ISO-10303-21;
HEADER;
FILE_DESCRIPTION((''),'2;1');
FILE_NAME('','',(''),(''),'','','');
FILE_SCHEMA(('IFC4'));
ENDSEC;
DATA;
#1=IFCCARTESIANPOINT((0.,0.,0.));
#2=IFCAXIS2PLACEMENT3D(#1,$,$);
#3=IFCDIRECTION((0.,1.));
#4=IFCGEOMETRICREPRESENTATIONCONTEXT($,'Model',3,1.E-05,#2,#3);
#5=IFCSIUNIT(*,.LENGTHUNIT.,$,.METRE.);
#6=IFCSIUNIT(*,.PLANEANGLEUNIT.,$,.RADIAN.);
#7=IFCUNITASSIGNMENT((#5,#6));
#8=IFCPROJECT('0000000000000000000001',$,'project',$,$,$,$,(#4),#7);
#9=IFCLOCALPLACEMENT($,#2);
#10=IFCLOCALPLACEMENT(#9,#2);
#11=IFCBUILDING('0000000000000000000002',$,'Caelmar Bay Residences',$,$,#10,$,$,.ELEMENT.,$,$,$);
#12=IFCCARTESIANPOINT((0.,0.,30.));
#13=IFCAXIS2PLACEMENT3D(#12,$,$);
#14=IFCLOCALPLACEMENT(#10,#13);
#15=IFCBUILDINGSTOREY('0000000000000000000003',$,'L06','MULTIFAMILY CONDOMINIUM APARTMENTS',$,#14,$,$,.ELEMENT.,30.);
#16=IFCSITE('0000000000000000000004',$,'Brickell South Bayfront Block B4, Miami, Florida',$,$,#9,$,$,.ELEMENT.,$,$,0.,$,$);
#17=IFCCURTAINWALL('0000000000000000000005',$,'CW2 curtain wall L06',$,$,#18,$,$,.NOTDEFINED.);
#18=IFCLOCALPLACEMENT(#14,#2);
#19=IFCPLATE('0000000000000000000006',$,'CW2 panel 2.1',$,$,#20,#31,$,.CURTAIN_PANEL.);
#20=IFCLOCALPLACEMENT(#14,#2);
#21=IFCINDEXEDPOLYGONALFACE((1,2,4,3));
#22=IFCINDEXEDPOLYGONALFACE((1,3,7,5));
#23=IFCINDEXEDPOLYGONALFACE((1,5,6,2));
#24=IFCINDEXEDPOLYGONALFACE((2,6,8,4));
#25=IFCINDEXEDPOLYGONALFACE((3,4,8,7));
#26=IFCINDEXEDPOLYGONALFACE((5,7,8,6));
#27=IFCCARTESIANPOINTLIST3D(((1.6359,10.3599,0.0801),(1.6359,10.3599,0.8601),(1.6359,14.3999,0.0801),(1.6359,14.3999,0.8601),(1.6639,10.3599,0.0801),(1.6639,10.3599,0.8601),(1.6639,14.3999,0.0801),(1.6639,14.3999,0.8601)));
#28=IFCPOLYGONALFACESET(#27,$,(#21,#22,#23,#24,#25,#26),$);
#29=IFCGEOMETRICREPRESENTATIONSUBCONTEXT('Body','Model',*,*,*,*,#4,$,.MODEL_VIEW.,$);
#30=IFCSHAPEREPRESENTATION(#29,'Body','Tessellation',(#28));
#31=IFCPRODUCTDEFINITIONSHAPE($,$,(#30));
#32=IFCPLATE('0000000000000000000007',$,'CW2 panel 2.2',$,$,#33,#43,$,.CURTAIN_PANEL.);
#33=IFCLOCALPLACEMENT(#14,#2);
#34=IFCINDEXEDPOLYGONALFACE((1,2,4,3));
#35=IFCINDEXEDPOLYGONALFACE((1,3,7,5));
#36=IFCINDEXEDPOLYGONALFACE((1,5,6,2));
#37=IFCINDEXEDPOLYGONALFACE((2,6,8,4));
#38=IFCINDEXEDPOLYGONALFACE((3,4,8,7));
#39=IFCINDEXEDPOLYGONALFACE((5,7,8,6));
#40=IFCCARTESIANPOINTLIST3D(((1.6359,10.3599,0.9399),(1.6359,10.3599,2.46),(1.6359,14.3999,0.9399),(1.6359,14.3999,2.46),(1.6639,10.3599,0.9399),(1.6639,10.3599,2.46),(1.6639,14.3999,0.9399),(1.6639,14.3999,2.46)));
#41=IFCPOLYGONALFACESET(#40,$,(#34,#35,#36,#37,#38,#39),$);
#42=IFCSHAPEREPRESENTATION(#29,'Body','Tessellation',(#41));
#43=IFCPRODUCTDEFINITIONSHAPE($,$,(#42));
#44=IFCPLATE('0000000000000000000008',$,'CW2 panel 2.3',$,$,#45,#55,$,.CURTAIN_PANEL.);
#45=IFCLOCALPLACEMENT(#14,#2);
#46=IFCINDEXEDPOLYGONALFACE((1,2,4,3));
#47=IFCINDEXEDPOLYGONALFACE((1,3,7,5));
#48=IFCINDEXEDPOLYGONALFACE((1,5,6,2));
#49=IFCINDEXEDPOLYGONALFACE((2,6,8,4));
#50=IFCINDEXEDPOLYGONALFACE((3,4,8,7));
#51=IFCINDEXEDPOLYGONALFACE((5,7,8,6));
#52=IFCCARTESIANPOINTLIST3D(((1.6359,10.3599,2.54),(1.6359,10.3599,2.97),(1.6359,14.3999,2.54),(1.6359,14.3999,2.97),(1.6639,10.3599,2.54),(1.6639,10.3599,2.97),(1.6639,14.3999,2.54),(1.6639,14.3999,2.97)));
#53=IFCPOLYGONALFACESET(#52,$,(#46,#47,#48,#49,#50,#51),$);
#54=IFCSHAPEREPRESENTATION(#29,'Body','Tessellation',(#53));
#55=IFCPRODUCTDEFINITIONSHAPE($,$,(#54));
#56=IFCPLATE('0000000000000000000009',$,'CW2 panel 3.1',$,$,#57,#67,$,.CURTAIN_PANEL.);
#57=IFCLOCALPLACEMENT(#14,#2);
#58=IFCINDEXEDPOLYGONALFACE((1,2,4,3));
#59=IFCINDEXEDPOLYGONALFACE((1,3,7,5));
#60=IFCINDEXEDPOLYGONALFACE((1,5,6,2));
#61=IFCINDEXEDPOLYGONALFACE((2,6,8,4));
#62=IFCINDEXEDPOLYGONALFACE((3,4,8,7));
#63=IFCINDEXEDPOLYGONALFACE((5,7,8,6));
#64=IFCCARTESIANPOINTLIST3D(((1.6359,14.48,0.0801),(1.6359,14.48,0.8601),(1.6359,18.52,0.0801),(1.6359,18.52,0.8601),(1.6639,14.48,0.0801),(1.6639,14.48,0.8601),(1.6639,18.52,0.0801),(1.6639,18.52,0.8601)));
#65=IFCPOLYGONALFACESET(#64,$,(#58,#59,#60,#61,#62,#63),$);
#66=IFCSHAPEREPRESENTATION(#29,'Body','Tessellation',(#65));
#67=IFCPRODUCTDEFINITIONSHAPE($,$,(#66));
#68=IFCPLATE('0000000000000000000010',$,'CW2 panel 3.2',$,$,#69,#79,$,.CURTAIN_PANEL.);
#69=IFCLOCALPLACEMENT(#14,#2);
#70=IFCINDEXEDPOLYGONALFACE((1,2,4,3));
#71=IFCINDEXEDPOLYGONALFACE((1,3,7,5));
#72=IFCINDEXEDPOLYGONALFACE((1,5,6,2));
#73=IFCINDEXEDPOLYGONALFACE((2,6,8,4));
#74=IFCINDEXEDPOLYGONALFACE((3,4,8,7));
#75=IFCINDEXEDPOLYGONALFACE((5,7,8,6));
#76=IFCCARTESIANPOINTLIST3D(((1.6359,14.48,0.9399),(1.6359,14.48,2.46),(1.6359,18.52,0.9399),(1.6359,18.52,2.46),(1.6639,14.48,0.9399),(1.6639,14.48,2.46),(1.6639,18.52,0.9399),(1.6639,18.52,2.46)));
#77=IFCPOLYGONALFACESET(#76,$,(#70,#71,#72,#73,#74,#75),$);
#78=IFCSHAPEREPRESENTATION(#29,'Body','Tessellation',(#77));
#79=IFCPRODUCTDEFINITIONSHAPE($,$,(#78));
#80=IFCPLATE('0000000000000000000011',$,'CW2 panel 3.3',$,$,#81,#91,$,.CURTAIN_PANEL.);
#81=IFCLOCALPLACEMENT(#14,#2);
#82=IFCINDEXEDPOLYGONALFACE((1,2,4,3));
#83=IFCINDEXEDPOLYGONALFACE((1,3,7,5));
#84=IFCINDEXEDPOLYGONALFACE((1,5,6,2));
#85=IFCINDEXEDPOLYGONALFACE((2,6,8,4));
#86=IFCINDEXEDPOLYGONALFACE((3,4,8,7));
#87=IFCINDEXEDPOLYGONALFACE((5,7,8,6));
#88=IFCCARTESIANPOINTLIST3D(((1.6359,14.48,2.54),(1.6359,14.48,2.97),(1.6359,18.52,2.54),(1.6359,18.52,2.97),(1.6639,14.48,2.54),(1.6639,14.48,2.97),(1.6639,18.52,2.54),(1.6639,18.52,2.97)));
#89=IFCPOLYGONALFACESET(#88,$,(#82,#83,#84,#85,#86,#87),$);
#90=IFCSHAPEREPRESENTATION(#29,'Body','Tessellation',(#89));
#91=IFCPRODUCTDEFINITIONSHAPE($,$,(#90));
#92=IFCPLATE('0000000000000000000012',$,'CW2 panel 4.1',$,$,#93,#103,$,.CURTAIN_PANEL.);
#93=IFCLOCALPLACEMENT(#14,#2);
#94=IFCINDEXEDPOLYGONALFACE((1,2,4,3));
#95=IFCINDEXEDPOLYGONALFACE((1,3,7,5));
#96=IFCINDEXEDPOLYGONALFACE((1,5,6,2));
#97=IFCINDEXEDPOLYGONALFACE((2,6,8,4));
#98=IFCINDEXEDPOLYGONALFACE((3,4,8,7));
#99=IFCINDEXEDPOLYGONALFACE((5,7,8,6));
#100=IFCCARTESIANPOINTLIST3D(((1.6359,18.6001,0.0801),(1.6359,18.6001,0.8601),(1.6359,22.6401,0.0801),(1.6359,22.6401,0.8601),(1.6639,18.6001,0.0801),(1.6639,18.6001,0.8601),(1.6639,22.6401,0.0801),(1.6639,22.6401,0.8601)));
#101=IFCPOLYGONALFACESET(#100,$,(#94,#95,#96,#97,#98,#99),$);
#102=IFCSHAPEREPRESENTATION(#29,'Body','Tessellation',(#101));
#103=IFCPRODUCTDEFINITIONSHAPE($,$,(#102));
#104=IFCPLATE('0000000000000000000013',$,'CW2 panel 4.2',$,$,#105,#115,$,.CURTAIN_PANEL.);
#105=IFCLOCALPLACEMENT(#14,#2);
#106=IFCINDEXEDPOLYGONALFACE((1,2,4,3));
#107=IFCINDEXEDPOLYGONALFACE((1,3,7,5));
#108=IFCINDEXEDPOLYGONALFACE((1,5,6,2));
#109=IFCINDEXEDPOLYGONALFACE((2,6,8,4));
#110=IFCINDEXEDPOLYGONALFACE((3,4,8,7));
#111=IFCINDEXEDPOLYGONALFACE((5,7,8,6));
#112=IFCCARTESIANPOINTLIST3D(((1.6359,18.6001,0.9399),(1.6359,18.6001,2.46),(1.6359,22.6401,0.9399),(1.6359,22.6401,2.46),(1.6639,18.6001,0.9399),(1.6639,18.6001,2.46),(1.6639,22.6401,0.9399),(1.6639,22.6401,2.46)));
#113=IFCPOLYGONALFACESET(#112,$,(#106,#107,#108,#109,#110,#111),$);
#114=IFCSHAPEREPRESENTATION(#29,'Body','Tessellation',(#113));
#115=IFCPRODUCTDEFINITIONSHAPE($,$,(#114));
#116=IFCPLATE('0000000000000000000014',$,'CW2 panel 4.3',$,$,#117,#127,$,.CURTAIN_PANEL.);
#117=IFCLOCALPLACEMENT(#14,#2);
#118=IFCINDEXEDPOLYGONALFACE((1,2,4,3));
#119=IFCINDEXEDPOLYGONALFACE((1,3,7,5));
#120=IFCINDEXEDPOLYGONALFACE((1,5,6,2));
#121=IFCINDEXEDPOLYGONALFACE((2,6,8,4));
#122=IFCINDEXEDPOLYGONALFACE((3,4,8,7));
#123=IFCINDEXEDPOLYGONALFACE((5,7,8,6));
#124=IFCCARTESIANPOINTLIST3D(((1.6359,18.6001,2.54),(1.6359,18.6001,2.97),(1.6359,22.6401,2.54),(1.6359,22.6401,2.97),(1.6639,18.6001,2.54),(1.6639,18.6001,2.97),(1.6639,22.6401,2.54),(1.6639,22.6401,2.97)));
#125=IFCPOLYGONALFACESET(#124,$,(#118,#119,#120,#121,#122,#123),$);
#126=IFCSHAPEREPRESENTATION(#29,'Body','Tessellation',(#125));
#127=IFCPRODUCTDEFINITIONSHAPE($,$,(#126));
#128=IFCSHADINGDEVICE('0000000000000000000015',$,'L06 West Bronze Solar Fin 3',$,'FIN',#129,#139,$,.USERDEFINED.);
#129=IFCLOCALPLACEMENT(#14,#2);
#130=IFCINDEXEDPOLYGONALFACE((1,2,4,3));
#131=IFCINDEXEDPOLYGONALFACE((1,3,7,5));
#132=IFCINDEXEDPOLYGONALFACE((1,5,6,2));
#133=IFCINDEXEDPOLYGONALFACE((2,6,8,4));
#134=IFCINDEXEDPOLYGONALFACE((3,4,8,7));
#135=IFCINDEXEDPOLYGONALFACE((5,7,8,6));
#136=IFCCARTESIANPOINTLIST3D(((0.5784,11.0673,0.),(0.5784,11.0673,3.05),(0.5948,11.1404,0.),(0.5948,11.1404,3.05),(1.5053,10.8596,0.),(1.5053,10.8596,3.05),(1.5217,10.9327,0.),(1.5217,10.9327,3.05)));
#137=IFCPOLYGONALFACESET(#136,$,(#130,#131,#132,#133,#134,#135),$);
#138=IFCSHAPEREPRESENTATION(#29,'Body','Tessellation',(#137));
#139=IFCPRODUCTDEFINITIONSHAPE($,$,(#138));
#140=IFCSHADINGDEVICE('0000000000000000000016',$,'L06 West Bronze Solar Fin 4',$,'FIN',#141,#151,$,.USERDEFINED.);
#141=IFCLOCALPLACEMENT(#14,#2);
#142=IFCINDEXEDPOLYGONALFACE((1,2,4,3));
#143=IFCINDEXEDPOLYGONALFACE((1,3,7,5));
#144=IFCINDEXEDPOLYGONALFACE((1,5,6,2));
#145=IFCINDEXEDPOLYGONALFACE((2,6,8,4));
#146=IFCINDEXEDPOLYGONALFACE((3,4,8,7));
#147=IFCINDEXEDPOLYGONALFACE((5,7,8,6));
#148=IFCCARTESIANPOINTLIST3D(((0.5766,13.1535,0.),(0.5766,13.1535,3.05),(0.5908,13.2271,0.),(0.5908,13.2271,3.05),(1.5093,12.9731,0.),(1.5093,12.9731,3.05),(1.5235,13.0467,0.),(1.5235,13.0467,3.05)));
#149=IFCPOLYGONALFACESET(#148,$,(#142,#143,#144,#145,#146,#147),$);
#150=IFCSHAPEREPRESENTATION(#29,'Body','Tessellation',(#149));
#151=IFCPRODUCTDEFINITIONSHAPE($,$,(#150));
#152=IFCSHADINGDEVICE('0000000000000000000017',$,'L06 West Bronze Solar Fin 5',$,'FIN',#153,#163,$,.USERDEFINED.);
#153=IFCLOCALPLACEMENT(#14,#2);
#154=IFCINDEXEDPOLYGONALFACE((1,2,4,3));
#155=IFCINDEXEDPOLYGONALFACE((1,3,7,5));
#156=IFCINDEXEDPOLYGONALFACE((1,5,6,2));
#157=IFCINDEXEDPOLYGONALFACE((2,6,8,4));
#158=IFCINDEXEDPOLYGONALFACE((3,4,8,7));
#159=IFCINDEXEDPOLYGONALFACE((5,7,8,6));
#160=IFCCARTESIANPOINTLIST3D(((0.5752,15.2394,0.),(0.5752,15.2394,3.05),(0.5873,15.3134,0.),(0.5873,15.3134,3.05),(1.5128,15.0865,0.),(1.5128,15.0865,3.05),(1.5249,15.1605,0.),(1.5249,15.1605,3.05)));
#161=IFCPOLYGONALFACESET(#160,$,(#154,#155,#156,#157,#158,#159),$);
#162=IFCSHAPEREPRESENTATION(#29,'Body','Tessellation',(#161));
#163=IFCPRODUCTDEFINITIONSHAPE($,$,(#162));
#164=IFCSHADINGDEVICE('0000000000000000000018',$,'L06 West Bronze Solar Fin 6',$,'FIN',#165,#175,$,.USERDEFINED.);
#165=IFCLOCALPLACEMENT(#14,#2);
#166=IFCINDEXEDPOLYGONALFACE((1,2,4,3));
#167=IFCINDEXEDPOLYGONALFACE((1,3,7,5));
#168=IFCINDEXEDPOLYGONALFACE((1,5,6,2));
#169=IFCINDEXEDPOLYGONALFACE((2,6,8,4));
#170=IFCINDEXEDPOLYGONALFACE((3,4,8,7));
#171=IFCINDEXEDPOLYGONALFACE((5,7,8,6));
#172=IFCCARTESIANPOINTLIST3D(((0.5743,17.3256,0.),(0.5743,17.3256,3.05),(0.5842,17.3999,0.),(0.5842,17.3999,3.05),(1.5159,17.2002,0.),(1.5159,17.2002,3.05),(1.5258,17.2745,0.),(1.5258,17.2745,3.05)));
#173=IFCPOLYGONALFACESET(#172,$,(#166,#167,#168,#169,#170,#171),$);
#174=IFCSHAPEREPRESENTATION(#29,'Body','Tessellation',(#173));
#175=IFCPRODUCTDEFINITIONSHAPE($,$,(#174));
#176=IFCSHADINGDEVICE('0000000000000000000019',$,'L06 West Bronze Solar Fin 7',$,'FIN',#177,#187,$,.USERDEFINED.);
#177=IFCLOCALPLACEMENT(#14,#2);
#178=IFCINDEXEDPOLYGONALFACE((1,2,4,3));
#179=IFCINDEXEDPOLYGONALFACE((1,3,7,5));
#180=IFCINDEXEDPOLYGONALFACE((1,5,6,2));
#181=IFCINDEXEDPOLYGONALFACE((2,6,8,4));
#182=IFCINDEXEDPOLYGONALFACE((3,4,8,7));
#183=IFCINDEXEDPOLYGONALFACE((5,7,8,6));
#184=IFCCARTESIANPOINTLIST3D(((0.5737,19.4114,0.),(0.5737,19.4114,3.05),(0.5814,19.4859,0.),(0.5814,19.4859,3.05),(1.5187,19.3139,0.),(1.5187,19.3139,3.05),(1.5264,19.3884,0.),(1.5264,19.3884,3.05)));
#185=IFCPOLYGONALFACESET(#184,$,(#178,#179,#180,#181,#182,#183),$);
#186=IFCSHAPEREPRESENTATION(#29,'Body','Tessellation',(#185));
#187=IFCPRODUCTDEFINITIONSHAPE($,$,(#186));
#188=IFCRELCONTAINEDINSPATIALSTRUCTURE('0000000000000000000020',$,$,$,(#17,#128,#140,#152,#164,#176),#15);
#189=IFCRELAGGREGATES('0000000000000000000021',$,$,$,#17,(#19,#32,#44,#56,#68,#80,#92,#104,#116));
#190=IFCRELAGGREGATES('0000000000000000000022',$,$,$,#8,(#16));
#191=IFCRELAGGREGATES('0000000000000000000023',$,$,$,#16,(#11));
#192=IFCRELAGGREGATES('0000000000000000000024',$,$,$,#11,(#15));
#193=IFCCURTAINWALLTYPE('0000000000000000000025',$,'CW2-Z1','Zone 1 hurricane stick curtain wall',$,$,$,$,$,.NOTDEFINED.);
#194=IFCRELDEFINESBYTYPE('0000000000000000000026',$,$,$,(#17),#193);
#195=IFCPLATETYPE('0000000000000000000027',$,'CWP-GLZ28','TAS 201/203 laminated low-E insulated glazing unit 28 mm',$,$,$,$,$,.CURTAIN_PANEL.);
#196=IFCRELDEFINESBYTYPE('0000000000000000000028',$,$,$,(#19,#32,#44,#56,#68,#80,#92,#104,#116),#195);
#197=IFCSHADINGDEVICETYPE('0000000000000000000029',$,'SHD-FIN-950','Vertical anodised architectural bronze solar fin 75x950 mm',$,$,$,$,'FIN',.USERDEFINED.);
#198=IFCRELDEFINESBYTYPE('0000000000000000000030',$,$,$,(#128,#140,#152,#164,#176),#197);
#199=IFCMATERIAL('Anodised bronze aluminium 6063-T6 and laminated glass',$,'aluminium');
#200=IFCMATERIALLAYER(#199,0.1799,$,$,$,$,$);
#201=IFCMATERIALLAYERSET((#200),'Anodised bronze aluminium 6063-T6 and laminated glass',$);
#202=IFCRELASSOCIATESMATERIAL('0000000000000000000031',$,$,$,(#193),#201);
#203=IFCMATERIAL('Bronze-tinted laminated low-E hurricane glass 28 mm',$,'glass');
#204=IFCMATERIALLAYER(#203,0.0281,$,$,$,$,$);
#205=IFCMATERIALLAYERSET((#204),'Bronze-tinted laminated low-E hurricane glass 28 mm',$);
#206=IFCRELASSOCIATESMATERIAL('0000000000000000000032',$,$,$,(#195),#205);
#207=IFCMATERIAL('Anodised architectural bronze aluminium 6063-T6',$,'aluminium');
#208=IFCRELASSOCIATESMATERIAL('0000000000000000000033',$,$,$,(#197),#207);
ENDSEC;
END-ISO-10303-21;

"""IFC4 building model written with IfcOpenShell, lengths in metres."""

from ifc_helpers import new_model, si_unit, direction, frame, origin, origin_2d, place, context, subcontext, project, spatial, rectangle, extrude, material, layer, layer_set, material_profile, profile_set, type_object, element, aggregate, save


model = new_model("IFC4")

# Units and contexts
model_context = context("Model", 3, precision=1e-05, world=origin(), true_north=direction((0.0, 1.0)))
body_context = subcontext(model_context, "Body", "Model", "MODEL_VIEW")
ifc_project = project(units=[si_unit("LENGTHUNIT", "METRE"), si_unit("PLANEANGLEUNIT", "RADIAN")], contexts=[model_context])

# Site, building, storey
site_placement = place(None, origin())
site = spatial("IfcSite", under=ifc_project, at=site_placement, Name="Brickell South Bayfront Block B4, Miami, Florida", CompositionType="ELEMENT", RefElevation=0.0)
building_placement = place(site_placement, origin())
building = spatial("IfcBuilding", under=site, at=building_placement, Name="Caelmar Bay Residences", CompositionType="ELEMENT")
storey_placement = place(building_placement, frame((0.0, 0.0, 30.0)))
storey = spatial("IfcBuildingStorey", under=building, at=storey_placement, Name="L06", Description="MULTIFAMILY CONDOMINIUM APARTMENTS", CompositionType="ELEMENT", Elevation=30.0)

# Curtain wall, plates
ifc_material_1 = material(Name="Anodised bronze aluminium 6063-T6 and laminated glass", Category="aluminium")
ifc_layer_1 = layer(ifc_material_1, 0.1799)
ifc_layer_set_1 = layer_set([ifc_layer_1], Name="Anodised bronze aluminium 6063-T6 and laminated glass")
curtain_wall_type = type_object("IfcCurtainWallType", Name="CW2-Z1", Description="Zone 1 hurricane stick curtain wall", PredefinedType="NOTDEFINED", material=ifc_layer_set_1)
curtain_wall_placement = place(storey_placement, origin())
curtain_wall = element("IfcCurtainWall", 1, at=curtain_wall_placement, inside=storey, type_object=curtain_wall_type, Name="CW2 curtain wall L06", PredefinedType="NOTDEFINED")
ifc_material_2 = material(Name="Bronze-tinted laminated low-E hurricane glass 28 mm", Category="glass")
ifc_layer_2 = layer(ifc_material_2, 0.0281)
ifc_layer_set_2 = layer_set([ifc_layer_2], Name="Bronze-tinted laminated low-E hurricane glass 28 mm")
plate_type = type_object("IfcPlateType", Name="CWP-GLZ28", Description="TAS 201/203 laminated low-E insulated glazing unit 28 mm", PredefinedType="CURTAIN_PANEL", material=ifc_layer_set_2)
plate_1_placement = place(storey_placement, frame((1.6499, 12.3799, 0.0801), z_axis=(0.0, 0.0, 1.0), x_axis=(0.0, 1.0, 0.0)))
plate_1 = element("IfcPlate", 2, at=plate_1_placement, type_object=plate_type, Name="CW2 panel 2.1", PredefinedType="CURTAIN_PANEL", context=body_context, shape_type="SweptSolid", body=[
    extrude(rectangle(XDim=4.04, YDim=0.0281, at=origin_2d()), origin(), (0.0, 0.0, 1.0), 0.78),
])
plate_2_placement = place(storey_placement, frame((1.6499, 12.3799, 0.9399), z_axis=(0.0, 0.0, 1.0), x_axis=(0.0, 1.0, 0.0)))
plate_2 = element("IfcPlate", 3, at=plate_2_placement, type_object=plate_type, Name="CW2 panel 2.2", PredefinedType="CURTAIN_PANEL", context=body_context, shape_type="SweptSolid", body=[
    extrude(rectangle(XDim=4.04, YDim=0.0281, at=origin_2d()), origin(), (0.0, 0.0, 1.0), 1.52),
])
plate_3_placement = place(storey_placement, frame((1.6499, 12.3799, 2.54), z_axis=(0.0, 0.0, 1.0), x_axis=(0.0, 1.0, 0.0)))
plate_3 = element("IfcPlate", 4, at=plate_3_placement, type_object=plate_type, Name="CW2 panel 2.3", PredefinedType="CURTAIN_PANEL", context=body_context, shape_type="SweptSolid", body=[
    extrude(rectangle(XDim=4.04, YDim=0.0281, at=origin_2d()), origin(), (0.0, 0.0, 1.0), 0.4299),
])
plate_4_placement = place(storey_placement, frame((1.6499, 16.5, 0.0801), z_axis=(0.0, 0.0, 1.0), x_axis=(0.0, 1.0, 0.0)))
plate_4 = element("IfcPlate", 5, at=plate_4_placement, type_object=plate_type, Name="CW2 panel 3.1", PredefinedType="CURTAIN_PANEL", context=body_context, shape_type="SweptSolid", body=[
    extrude(rectangle(XDim=4.04, YDim=0.0281, at=origin_2d()), origin(), (0.0, 0.0, 1.0), 0.78),
])
plate_5_placement = place(storey_placement, frame((1.6499, 16.5, 0.9399), z_axis=(0.0, 0.0, 1.0), x_axis=(0.0, 1.0, 0.0)))
plate_5 = element("IfcPlate", 6, at=plate_5_placement, type_object=plate_type, Name="CW2 panel 3.2", PredefinedType="CURTAIN_PANEL", context=body_context, shape_type="SweptSolid", body=[
    extrude(rectangle(XDim=4.04, YDim=0.0281, at=origin_2d()), origin(), (0.0, 0.0, 1.0), 1.52),
])
plate_6_placement = place(storey_placement, frame((1.6499, 16.5, 2.54), z_axis=(0.0, 0.0, 1.0), x_axis=(0.0, 1.0, 0.0)))
plate_6 = element("IfcPlate", 7, at=plate_6_placement, type_object=plate_type, Name="CW2 panel 3.3", PredefinedType="CURTAIN_PANEL", context=body_context, shape_type="SweptSolid", body=[
    extrude(rectangle(XDim=4.04, YDim=0.0281, at=origin_2d()), origin(), (0.0, 0.0, 1.0), 0.4299),
])
plate_7_placement = place(storey_placement, frame((1.6499, 20.6201, 0.0801), z_axis=(0.0, 0.0, 1.0), x_axis=(0.0, 1.0, 0.0)))
plate_7 = element("IfcPlate", 8, at=plate_7_placement, type_object=plate_type, Name="CW2 panel 4.1", PredefinedType="CURTAIN_PANEL", context=body_context, shape_type="SweptSolid", body=[
    extrude(rectangle(XDim=4.04, YDim=0.0281, at=origin_2d()), origin(), (0.0, 0.0, 1.0), 0.78),
])
plate_8_placement = place(storey_placement, frame((1.6499, 20.6201, 0.9399), z_axis=(0.0, 0.0, 1.0), x_axis=(0.0, 1.0, 0.0)))
plate_8 = element("IfcPlate", 9, at=plate_8_placement, type_object=plate_type, Name="CW2 panel 4.2", PredefinedType="CURTAIN_PANEL", context=body_context, shape_type="SweptSolid", body=[
    extrude(rectangle(XDim=4.04, YDim=0.0281, at=origin_2d()), origin(), (0.0, 0.0, 1.0), 1.52),
])
plate_9_placement = place(storey_placement, frame((1.6499, 20.6201, 2.54), z_axis=(0.0, 0.0, 1.0), x_axis=(0.0, 1.0, 0.0)))
plate_9 = element("IfcPlate", 10, at=plate_9_placement, type_object=plate_type, Name="CW2 panel 4.3", PredefinedType="CURTAIN_PANEL", context=body_context, shape_type="SweptSolid", body=[
    extrude(rectangle(XDim=4.04, YDim=0.0281, at=origin_2d()), origin(), (0.0, 0.0, 1.0), 0.4299),
])
aggregate(curtain_wall, [plate_1, plate_2, plate_3, plate_4, plate_5, plate_6, plate_7, plate_8, plate_9])

# Shading devices
ifc_material_3 = material(Name="Anodised architectural bronze aluminium 6063-T6", Category="aluminium")
ifc_material_profile_1 = material_profile(ifc_material_3, rectangle(XDim=0.075, YDim=0.95, at=origin_2d()), Name="BRONZE-FIN-75X950")
ifc_profile_set_1 = profile_set([ifc_material_profile_1], Name="Anodised architectural bronze aluminium 6063-T6")
shading_device_type = type_object("IfcShadingDeviceType", Name="SHD-FIN-950", Description="Vertical anodised architectural bronze solar fin 75x950 mm", ElementType="FIN", PredefinedType="USERDEFINED", material=ifc_profile_set_1)
for number, where, z_axis, x_axis, name in (
    (11, (1.05, 11.0, 0.0), (0.0, 0.0, 1.0), (0.218654, 0.975802, 0.0), "L06 West Bronze Solar Fin 3"),
    (12, (1.05, 13.1001, 0.0), (0.0, 0.0, 1.0), (0.189952, 0.981793, 0.0), "L06 West Bronze Solar Fin 4"),
    (13, (1.05, 15.2, 0.0), (0.0, 0.0, 1.0), (0.160915, 0.986968, 0.0), "L06 West Bronze Solar Fin 5"),
    (14, (1.05, 17.3, 0.0), (0.0, 0.0, 1.0), (0.13191, 0.991262, 0.0), "L06 West Bronze Solar Fin 6"),
    (15, (1.05, 19.3999, 0.0), (0.0, 0.0, 1.0), (0.102619, 0.994721, 0.0), "L06 West Bronze Solar Fin 7"),
):
    element("IfcShadingDevice", number, at=place(storey_placement, frame(where, z_axis=z_axis, x_axis=x_axis)), inside=storey, type_object=shading_device_type, Name=name, ObjectType="FIN", PredefinedType="USERDEFINED", context=body_context, shape_type="SweptSolid", body=[
        extrude(rectangle(XDim=0.075, YDim=0.95, at=origin_2d()), origin(), (0.0, 0.0, 1.0), 3.05),
    ])

save(model, "model.ifc")
